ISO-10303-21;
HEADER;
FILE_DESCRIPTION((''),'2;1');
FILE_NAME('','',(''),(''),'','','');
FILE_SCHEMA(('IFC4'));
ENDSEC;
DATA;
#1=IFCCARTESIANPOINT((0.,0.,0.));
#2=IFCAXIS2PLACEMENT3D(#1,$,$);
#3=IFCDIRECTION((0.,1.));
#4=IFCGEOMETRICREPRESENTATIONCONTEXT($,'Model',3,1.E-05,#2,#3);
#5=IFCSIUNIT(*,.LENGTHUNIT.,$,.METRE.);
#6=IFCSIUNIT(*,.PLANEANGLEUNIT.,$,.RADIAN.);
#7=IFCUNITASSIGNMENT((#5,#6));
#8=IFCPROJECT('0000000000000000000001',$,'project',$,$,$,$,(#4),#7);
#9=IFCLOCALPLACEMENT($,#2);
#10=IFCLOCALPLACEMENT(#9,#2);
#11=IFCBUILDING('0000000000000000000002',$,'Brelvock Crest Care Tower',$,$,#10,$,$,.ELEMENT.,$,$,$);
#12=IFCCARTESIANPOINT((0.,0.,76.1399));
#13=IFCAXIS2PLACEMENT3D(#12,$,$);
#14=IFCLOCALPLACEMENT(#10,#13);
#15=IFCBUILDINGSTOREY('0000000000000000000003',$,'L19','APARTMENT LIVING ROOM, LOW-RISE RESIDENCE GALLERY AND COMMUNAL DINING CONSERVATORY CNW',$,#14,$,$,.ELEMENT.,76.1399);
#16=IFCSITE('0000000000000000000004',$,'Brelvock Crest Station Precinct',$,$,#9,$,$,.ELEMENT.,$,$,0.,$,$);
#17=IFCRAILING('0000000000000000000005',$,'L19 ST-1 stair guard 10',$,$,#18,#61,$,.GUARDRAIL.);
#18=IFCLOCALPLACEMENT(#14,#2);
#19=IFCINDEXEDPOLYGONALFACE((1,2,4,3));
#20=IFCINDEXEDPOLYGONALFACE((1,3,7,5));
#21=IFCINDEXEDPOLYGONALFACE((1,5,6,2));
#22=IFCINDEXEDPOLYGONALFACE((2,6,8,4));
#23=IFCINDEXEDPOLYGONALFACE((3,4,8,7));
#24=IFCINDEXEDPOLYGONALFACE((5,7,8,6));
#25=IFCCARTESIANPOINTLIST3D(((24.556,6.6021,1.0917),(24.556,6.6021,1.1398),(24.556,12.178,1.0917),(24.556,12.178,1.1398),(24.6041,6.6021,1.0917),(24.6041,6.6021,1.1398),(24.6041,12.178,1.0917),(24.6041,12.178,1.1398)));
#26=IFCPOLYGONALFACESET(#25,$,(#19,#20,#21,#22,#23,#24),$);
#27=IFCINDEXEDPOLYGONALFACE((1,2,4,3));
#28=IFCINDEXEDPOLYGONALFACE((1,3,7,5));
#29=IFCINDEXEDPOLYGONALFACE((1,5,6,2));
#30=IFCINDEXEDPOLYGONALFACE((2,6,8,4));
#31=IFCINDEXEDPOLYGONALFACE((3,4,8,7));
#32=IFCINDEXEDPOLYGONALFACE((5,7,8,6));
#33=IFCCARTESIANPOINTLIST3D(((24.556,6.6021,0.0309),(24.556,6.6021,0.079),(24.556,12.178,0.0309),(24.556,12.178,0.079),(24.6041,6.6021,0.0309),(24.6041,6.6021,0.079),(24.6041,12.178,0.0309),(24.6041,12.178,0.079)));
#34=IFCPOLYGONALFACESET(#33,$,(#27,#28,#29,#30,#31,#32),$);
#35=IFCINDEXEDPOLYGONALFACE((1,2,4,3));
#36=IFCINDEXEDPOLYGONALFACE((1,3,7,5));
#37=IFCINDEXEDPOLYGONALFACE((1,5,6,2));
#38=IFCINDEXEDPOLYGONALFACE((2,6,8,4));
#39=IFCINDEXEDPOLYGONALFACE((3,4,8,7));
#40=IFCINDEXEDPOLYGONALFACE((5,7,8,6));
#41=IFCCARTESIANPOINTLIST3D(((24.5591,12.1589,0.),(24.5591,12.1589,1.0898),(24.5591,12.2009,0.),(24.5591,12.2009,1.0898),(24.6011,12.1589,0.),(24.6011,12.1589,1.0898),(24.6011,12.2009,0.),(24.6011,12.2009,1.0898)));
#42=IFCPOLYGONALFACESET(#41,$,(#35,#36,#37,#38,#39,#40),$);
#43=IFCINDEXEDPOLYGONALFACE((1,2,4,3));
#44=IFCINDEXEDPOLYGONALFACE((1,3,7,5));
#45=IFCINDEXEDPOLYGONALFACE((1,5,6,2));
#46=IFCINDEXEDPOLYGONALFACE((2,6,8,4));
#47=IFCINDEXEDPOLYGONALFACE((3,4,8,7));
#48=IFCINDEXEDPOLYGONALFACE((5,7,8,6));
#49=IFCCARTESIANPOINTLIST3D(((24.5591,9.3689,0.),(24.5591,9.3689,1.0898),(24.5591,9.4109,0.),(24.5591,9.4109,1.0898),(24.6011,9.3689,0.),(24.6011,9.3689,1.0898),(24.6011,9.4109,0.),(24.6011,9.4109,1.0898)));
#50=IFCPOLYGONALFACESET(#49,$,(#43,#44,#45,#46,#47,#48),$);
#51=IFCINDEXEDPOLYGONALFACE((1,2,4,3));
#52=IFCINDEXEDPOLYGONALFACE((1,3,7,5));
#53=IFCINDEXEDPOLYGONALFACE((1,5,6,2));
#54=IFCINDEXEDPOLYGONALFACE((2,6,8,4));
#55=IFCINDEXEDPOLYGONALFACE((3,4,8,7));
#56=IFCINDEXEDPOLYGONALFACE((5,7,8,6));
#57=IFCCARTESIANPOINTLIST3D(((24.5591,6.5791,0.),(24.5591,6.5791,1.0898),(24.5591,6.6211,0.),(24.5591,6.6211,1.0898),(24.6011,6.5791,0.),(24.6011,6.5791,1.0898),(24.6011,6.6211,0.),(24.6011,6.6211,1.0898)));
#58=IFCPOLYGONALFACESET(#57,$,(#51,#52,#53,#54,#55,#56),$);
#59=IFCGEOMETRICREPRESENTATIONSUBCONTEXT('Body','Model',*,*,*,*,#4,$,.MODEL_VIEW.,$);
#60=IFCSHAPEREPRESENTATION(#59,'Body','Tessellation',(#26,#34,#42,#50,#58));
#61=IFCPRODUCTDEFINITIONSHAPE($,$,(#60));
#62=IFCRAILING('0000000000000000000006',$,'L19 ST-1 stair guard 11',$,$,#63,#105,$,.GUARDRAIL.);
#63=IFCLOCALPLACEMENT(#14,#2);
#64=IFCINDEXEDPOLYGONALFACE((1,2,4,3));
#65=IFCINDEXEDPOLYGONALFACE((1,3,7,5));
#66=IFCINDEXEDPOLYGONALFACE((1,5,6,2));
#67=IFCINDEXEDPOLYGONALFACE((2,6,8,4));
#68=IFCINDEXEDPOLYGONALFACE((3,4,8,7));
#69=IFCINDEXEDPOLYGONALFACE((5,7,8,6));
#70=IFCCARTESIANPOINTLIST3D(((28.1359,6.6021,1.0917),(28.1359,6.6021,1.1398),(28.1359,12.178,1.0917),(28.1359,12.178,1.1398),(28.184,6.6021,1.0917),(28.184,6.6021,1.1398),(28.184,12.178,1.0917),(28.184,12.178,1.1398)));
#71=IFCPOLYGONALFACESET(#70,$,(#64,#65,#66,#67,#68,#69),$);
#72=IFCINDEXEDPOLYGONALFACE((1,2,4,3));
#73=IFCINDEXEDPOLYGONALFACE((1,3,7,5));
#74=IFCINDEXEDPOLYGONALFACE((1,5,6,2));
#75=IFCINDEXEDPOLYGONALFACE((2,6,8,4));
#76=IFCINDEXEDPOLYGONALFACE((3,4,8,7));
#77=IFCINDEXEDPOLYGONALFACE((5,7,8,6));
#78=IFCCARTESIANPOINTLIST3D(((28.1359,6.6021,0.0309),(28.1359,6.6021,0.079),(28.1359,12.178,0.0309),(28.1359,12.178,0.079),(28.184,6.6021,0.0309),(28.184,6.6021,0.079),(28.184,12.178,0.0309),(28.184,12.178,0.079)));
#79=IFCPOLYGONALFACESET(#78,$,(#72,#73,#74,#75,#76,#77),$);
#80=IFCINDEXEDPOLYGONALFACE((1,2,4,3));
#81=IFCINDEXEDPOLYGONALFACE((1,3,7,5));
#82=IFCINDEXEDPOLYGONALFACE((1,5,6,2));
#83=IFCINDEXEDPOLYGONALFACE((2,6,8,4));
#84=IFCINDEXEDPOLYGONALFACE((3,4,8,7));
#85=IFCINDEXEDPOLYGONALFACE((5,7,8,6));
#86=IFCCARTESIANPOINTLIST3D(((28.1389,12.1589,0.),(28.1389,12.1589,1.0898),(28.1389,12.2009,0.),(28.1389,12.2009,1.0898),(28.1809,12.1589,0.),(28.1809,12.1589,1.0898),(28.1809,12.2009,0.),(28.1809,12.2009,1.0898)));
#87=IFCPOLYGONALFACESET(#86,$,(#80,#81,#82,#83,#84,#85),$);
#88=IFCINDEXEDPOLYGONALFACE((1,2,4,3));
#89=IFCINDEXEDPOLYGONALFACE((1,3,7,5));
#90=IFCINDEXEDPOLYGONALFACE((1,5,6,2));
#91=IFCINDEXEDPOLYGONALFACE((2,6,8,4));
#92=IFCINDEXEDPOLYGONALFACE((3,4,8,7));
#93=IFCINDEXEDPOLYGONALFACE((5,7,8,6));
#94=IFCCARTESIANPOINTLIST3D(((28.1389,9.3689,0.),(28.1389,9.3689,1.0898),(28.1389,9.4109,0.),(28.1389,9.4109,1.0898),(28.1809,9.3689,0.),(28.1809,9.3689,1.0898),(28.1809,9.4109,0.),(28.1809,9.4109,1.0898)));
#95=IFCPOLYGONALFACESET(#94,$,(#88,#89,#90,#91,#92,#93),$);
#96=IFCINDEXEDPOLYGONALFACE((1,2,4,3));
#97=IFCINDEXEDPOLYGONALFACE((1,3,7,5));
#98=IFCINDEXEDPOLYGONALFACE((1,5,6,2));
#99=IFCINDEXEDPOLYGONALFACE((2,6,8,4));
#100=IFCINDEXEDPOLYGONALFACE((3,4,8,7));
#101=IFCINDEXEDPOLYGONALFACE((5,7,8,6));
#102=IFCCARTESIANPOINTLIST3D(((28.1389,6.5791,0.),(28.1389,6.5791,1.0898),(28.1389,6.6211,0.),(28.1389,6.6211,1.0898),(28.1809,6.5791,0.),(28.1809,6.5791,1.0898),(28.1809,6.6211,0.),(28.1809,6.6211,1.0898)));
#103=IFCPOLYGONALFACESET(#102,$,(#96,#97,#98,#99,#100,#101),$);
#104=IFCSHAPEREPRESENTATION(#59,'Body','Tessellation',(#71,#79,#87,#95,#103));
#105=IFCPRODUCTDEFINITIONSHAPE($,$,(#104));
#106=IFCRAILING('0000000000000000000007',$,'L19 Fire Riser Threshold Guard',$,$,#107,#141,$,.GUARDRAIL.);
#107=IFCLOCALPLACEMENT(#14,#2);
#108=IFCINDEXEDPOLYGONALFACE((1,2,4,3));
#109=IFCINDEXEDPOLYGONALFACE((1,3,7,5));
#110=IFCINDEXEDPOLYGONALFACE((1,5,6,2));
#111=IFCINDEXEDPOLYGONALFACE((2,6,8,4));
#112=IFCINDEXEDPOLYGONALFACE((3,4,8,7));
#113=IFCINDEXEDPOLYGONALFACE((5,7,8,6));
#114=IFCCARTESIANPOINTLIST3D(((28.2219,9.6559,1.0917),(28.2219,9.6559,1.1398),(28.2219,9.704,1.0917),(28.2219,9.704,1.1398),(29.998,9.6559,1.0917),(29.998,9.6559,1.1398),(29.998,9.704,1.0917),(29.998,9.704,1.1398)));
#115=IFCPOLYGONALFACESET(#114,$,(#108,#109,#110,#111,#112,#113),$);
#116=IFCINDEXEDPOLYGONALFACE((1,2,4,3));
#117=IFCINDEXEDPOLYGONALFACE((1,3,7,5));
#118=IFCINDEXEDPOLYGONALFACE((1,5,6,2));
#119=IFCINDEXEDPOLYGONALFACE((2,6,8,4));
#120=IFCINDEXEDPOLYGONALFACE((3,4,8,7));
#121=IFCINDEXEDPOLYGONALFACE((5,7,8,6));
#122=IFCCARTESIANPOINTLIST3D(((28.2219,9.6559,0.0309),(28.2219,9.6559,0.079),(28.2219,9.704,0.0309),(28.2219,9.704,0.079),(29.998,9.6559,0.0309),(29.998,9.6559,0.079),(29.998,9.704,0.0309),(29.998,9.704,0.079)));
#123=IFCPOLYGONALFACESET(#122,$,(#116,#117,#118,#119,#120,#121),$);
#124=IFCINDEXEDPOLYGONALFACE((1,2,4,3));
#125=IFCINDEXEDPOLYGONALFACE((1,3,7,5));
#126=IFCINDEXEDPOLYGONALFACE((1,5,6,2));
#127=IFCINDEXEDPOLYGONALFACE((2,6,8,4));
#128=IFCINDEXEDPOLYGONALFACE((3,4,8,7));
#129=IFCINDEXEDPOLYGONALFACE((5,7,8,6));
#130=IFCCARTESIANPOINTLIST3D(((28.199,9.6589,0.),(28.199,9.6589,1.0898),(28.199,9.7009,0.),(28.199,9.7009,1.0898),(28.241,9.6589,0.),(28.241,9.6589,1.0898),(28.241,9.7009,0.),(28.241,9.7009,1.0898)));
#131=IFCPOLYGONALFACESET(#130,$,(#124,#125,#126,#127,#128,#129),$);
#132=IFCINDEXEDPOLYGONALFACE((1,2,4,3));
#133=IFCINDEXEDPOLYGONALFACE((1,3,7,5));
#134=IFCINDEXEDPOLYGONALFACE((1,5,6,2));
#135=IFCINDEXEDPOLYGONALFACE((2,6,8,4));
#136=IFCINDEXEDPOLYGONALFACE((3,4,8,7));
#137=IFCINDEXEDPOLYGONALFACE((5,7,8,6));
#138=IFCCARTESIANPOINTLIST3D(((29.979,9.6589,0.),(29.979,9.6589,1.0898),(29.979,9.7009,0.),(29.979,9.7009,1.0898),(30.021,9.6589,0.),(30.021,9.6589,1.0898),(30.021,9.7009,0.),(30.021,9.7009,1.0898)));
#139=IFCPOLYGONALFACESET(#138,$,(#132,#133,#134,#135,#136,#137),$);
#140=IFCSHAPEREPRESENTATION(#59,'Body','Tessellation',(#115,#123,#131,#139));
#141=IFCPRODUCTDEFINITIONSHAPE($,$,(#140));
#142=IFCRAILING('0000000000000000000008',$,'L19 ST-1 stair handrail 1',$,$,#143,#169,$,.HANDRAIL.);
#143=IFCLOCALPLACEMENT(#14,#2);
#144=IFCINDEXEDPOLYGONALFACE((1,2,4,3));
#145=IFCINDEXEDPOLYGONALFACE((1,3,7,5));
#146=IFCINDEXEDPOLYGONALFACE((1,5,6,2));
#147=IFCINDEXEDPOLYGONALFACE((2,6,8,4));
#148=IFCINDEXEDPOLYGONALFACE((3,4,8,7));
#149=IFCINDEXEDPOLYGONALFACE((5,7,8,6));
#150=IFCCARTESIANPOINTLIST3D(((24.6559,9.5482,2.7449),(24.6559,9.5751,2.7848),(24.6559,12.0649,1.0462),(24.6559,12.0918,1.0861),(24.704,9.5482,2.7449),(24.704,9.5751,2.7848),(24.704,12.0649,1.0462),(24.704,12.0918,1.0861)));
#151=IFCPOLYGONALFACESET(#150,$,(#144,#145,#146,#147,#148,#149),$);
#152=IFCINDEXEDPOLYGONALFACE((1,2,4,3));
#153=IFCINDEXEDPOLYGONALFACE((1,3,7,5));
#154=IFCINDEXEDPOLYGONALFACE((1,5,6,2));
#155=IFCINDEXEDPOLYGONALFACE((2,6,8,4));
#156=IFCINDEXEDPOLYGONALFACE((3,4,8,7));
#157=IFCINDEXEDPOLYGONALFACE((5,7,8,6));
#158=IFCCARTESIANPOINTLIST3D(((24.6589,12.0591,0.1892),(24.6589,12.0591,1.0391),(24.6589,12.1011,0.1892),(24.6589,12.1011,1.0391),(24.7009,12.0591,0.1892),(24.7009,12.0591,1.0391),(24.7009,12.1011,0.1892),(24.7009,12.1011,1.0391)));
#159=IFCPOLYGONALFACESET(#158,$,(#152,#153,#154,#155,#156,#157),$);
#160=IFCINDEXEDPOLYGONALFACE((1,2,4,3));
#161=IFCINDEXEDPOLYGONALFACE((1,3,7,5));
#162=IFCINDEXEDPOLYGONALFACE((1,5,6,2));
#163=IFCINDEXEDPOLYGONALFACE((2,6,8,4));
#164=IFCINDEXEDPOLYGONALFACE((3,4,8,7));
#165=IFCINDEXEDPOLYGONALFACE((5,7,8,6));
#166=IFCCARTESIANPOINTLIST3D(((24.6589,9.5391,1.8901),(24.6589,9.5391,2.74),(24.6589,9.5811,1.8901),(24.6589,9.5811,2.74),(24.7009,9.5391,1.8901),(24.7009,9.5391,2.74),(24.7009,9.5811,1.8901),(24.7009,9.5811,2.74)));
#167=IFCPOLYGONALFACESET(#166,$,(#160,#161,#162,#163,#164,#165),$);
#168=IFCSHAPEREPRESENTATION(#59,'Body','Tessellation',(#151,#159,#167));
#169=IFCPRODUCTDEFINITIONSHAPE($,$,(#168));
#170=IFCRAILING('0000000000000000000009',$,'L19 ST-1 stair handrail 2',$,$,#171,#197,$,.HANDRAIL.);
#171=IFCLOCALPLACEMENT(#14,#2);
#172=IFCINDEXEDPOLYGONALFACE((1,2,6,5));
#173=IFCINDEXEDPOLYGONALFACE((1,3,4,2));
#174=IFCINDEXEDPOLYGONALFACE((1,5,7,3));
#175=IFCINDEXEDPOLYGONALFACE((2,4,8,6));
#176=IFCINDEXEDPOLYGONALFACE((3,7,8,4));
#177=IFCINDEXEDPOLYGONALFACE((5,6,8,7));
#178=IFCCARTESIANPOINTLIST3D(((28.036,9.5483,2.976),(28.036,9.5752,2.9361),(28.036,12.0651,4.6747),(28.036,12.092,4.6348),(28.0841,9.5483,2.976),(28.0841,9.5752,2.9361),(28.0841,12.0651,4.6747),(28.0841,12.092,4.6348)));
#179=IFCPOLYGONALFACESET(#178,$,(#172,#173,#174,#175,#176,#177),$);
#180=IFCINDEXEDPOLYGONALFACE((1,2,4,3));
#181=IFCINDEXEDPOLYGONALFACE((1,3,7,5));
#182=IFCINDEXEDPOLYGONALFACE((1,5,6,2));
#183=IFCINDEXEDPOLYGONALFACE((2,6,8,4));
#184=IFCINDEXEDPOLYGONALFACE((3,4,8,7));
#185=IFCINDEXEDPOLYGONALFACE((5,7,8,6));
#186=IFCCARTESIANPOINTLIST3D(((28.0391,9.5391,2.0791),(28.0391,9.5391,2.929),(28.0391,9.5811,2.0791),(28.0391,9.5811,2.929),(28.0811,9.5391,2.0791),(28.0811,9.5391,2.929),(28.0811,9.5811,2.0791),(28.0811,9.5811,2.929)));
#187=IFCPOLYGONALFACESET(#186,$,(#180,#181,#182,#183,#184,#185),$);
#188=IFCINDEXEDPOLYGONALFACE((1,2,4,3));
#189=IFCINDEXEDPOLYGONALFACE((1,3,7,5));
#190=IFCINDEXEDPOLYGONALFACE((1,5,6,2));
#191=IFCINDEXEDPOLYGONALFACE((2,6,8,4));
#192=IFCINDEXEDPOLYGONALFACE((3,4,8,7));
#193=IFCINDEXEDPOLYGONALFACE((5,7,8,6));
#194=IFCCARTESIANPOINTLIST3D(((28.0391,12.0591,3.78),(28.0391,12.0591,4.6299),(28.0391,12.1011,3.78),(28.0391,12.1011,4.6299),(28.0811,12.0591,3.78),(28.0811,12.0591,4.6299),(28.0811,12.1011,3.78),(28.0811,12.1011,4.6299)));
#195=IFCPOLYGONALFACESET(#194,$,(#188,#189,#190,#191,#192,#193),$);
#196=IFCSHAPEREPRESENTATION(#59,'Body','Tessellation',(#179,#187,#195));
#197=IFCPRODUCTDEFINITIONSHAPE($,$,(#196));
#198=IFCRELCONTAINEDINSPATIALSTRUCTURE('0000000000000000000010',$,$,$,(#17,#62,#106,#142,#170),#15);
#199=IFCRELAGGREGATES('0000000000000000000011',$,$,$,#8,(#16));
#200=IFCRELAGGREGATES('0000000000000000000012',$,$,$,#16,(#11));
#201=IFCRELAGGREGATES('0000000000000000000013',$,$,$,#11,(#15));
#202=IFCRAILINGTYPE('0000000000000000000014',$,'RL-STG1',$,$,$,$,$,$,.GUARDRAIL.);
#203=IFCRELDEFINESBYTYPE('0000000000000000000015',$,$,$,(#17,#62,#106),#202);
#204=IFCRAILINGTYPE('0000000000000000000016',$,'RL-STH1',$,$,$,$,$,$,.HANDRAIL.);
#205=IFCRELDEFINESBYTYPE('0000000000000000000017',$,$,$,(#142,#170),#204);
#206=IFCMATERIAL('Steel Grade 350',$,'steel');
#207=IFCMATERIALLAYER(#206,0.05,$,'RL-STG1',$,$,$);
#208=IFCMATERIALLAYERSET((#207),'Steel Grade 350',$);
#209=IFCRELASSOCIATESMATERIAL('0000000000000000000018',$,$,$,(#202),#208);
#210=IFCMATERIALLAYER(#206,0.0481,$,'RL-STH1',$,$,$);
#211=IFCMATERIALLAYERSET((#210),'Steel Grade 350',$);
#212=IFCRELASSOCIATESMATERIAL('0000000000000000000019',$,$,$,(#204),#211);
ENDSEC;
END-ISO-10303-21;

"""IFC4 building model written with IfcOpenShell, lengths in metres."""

from ifc_helpers import new_model, si_unit, direction, frame, origin, origin_2d, place, context, subcontext, project, spatial, rectangle, extrude, material, layer, layer_set, type_object, element, save


model = new_model("IFC4")

# Units and contexts
model_context = context("Model", 3, precision=1e-05, world=origin(), true_north=direction((0.0, 1.0)))
body_context = subcontext(model_context, "Body", "Model", "MODEL_VIEW")
ifc_project = project(units=[si_unit("LENGTHUNIT", "METRE"), si_unit("PLANEANGLEUNIT", "RADIAN")], contexts=[model_context])

# Site, building, storey
site_placement = place(None, origin())
site = spatial("IfcSite", under=ifc_project, at=site_placement, Name="Brelvock Crest Station Precinct", CompositionType="ELEMENT", RefElevation=0.0)
building_placement = place(site_placement, origin())
building = spatial("IfcBuilding", under=site, at=building_placement, Name="Brelvock Crest Care Tower", CompositionType="ELEMENT")
storey_placement = place(building_placement, frame((0.0, 0.0, 76.1399)))
storey = spatial("IfcBuildingStorey", under=building, at=storey_placement, Name="L19", Description="APARTMENT LIVING ROOM, LOW-RISE RESIDENCE GALLERY AND COMMUNAL DINING CONSERVATORY CNW", CompositionType="ELEMENT", Elevation=76.1399)

# Shared definitions
ifc_material_1 = material(Name="Steel Grade 350", Category="steel")

# Railings
ifc_layer_1 = layer(ifc_material_1, 0.05, Name="RL-STG1")
ifc_layer_set_1 = layer_set([ifc_layer_1], Name="Steel Grade 350")
railing_type_1 = type_object("IfcRailingType", Name="RL-STG1", PredefinedType="GUARDRAIL", material=ifc_layer_set_1)
for number, where, name in (
    (1, (24.5801, 12.1799, 0.0), "L19 ST-1 stair guard 10"),
    (2, (28.1599, 12.1799, 0.0), "L19 ST-1 stair guard 11"),
):
    element("IfcRailing", number, at=place(storey_placement, frame(where)), inside=storey, type_object=railing_type_1, Name=name, PredefinedType="GUARDRAIL", context=body_context, shape_type="SweptSolid", body=[
        extrude(rectangle(XDim=0.0481, YDim=0.0481, at=origin_2d()), frame((0.0, -0.002, 1.1157), z_axis=(0.0, -1.0, 0.0), x_axis=(1.0, 0.0, 0.0)), (0.0, 0.0, 1.0), 5.5759),
        extrude(rectangle(XDim=0.0481, YDim=0.0481, at=origin_2d()), frame((0.0, -0.002, 0.0549), z_axis=(0.0, -1.0, 0.0), x_axis=(1.0, 0.0, 0.0)), (0.0, 0.0, 1.0), 5.5759),
        extrude(rectangle(XDim=0.042, YDim=0.042, at=origin_2d()), origin(), (0.0, 0.0, 1.0), 1.0898),
        extrude(rectangle(XDim=0.042, YDim=0.042, at=origin_2d()), frame((0.0, -2.79, 0.0)), (0.0, 0.0, 1.0), 1.0898),
        extrude(rectangle(XDim=0.042, YDim=0.042, at=origin_2d()), frame((0.0, -5.5798, 0.0)), (0.0, 0.0, 1.0), 1.0898),
    ])
railing_1_placement = place(storey_placement, frame((28.22, 9.6799, 0.0)))
element("IfcRailing", 3, at=railing_1_placement, inside=storey, type_object=railing_type_1, Name="L19 Fire Riser Threshold Guard", PredefinedType="GUARDRAIL", context=body_context, shape_type="SweptSolid", body=[
    extrude(rectangle(XDim=0.0481, YDim=0.0481, at=origin_2d()), frame((0.002, 0.0, 1.1157), z_axis=(1.0, 0.0, 0.0), x_axis=(0.0, 1.0, 0.0)), (0.0, 0.0, 1.0), 1.7761),
    extrude(rectangle(XDim=0.0481, YDim=0.0481, at=origin_2d()), frame((0.002, 0.0, 0.0549), z_axis=(1.0, 0.0, 0.0), x_axis=(0.0, 1.0, 0.0)), (0.0, 0.0, 1.0), 1.7761),
    extrude(rectangle(XDim=0.042, YDim=0.042, at=origin_2d()), origin(), (0.0, 0.0, 1.0), 1.0898),
    extrude(rectangle(XDim=0.042, YDim=0.042, at=origin_2d()), frame((1.78, 0.0, 0.0)), (0.0, 0.0, 1.0), 1.0898),
])
ifc_layer_2 = layer(ifc_material_1, 0.0481, Name="RL-STH1")
ifc_layer_set_2 = layer_set([ifc_layer_2], Name="Steel Grade 350")
railing_type_2 = type_object("IfcRailingType", Name="RL-STH1", PredefinedType="HANDRAIL", material=ifc_layer_set_2)
railing_2_placement = place(storey_placement, frame((24.6799, 12.0801, 0.1892)))
element("IfcRailing", 4, at=railing_2_placement, inside=storey, type_object=railing_type_2, Name="L19 ST-1 stair handrail 1", PredefinedType="HANDRAIL", context=body_context, shape_type="SweptSolid", body=[
    extrude(rectangle(XDim=0.0481, YDim=0.0481, at=origin_2d()), frame((0.0, -0.0017, 0.877), z_axis=(0.0, -0.828862, 0.559454), x_axis=(1.0, 0.0, 0.0)), (0.0, 0.0, 1.0), 3.0364),
    extrude(rectangle(XDim=0.042, YDim=0.042, at=origin_2d()), origin(), (0.0, 0.0, 1.0), 0.8499),
    extrude(rectangle(XDim=0.042, YDim=0.042, at=origin_2d()), frame((0.0, -2.52, 1.7009)), (0.0, 0.0, 1.0), 0.8499),
])
railing_3_placement = place(storey_placement, frame((28.0601, 9.5601, 2.0791)))
element("IfcRailing", 5, at=railing_3_placement, inside=storey, type_object=railing_type_2, Name="L19 ST-1 stair handrail 2", PredefinedType="HANDRAIL", context=body_context, shape_type="SweptSolid", body=[
    extrude(rectangle(XDim=0.0481, YDim=0.0481, at=origin_2d()), frame((0.0, 0.0017, 0.877), z_axis=(0.0, 0.828862, 0.559454), x_axis=(-1.0, 0.0, 0.0)), (0.0, 0.0, 1.0), 3.0364),
    extrude(rectangle(XDim=0.042, YDim=0.042, at=origin_2d()), origin(), (0.0, 0.0, 1.0), 0.8499),
    extrude(rectangle(XDim=0.042, YDim=0.042, at=origin_2d()), frame((0.0, 2.52, 1.7009)), (0.0, 0.0, 1.0), 0.8499),
])

save(model, "model.ifc")
